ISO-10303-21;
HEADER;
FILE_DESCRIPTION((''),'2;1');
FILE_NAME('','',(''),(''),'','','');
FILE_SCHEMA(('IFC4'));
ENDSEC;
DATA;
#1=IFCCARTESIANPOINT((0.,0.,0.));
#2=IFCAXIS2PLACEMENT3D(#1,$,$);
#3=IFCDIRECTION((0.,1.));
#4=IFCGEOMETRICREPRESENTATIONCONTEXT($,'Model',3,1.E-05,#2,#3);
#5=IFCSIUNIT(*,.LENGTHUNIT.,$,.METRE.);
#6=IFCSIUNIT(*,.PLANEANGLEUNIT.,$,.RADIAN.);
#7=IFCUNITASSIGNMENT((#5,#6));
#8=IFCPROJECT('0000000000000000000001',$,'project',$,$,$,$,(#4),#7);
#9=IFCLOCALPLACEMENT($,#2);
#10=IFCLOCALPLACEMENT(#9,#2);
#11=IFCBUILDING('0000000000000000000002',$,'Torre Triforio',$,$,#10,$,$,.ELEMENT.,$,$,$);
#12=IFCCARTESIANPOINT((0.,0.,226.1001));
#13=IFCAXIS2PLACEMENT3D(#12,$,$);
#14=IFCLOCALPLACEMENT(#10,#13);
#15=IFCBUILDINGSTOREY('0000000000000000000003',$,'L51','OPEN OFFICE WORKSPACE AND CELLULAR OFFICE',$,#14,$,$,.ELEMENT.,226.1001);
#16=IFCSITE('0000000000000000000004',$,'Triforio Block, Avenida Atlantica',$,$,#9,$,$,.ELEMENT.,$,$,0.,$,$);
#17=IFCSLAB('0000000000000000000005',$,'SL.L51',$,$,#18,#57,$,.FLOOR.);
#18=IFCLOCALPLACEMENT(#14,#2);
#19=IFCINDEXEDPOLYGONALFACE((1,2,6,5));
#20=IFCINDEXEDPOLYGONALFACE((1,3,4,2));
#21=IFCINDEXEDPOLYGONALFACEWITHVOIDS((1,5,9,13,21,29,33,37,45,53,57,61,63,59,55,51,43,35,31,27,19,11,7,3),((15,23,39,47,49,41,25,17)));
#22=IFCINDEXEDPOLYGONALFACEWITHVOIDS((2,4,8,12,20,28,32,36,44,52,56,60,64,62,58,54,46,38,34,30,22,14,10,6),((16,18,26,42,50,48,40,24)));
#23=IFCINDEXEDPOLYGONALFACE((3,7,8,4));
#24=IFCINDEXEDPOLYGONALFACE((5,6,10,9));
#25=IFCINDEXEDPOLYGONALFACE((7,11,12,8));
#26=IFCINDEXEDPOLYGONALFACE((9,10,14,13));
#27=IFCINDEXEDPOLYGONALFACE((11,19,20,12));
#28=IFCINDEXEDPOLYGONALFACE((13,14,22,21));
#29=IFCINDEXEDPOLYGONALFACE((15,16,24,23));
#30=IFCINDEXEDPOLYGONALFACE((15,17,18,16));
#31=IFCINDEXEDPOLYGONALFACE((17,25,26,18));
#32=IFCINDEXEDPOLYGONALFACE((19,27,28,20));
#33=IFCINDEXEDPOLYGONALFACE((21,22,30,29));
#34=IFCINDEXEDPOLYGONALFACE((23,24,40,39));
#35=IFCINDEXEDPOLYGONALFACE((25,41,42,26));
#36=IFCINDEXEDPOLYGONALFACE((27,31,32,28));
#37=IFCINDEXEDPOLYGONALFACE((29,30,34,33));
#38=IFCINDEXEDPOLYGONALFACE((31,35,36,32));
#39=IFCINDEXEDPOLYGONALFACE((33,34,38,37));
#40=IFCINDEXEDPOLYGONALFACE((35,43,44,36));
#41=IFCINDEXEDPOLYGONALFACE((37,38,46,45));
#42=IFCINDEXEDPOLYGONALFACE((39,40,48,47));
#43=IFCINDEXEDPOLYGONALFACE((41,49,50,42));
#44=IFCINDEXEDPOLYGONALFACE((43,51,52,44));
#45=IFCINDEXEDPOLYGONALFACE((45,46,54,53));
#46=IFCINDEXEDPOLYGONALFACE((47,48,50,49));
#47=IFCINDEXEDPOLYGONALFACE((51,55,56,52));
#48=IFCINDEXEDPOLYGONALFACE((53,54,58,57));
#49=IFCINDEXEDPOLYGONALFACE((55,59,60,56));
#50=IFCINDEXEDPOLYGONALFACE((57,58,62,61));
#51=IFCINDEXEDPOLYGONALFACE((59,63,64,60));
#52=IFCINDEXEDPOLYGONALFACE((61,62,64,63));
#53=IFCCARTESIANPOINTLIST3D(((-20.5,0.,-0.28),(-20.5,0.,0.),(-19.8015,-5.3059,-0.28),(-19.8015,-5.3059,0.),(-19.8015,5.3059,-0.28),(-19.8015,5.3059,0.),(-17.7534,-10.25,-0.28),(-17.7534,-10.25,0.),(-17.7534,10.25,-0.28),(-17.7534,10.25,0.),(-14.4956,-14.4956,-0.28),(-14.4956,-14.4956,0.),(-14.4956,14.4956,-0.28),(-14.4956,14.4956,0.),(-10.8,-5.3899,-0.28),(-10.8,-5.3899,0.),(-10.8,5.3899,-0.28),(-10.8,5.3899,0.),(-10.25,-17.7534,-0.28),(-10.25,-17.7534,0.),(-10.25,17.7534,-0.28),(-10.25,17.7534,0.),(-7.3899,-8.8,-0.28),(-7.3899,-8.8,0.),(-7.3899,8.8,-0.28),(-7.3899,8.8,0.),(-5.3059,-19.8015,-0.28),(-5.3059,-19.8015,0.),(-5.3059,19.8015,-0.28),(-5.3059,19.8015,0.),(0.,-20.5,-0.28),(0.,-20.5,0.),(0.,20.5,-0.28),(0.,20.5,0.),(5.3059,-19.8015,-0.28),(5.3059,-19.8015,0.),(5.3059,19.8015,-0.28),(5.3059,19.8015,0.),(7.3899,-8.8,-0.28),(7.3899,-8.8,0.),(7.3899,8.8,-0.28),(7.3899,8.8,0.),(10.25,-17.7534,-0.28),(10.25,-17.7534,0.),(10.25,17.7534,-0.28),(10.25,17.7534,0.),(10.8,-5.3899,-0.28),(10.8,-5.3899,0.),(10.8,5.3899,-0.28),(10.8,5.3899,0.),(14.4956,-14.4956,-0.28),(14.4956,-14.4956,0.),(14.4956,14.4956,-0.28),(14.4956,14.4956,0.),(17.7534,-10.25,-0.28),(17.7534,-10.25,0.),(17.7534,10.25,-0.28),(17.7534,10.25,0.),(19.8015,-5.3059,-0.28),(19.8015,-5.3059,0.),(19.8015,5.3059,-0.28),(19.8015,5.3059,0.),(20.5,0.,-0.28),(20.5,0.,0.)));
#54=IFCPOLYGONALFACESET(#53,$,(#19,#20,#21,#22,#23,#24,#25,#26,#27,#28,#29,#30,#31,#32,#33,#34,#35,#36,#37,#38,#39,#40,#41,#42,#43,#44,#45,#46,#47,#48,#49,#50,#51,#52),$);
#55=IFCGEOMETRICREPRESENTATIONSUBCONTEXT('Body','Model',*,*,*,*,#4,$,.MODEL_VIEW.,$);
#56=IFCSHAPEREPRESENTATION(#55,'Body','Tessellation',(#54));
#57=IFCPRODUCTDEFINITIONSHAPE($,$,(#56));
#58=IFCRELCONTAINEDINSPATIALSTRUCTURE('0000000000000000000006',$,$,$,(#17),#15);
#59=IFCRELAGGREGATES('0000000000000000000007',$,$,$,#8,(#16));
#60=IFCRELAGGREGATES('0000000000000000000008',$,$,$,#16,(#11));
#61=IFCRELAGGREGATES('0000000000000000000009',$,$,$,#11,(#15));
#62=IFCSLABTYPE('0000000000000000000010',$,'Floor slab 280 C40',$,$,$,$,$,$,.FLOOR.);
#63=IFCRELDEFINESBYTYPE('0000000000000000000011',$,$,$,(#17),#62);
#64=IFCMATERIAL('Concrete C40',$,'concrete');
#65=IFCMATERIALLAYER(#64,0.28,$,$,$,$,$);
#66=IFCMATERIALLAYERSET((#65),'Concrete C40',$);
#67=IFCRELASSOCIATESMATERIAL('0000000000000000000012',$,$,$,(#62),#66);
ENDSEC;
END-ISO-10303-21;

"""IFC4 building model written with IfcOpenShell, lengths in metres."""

from ifc_helpers import new_model, si_unit, direction, frame, origin, place, context, subcontext, project, spatial, polyline, outline, extrude, material, layer, layer_set, type_object, element, save


model = new_model("IFC4")

# Units and contexts
model_context = context("Model", 3, precision=1e-05, world=origin(), true_north=direction((0.0, 1.0)))
body_context = subcontext(model_context, "Body", "Model", "MODEL_VIEW")
ifc_project = project(units=[si_unit("LENGTHUNIT", "METRE"), si_unit("PLANEANGLEUNIT", "RADIAN")], contexts=[model_context])

# Site, building, storey
site_placement = place(None, origin())
site = spatial("IfcSite", under=ifc_project, at=site_placement, Name="Triforio Block, Avenida Atlantica", CompositionType="ELEMENT", RefElevation=0.0)
building_placement = place(site_placement, origin())
building = spatial("IfcBuilding", under=site, at=building_placement, Name="Torre Triforio", CompositionType="ELEMENT")
storey_placement = place(building_placement, frame((0.0, 0.0, 226.1001)))
storey = spatial("IfcBuildingStorey", under=building, at=storey_placement, Name="L51", Description="OPEN OFFICE WORKSPACE AND CELLULAR OFFICE", CompositionType="ELEMENT", Elevation=226.1001)

# Slab
ifc_material_1 = material(Name="Concrete C40", Category="concrete")
ifc_layer_1 = layer(ifc_material_1, 0.28)
ifc_layer_set_1 = layer_set([ifc_layer_1], Name="Concrete C40")
slab_type_1 = type_object("IfcSlabType", Name="Floor slab 280 C40", PredefinedType="FLOOR", material=ifc_layer_set_1)
slab_1_placement = place(storey_placement, frame((0.0, 0.0, -0.28)))
element("IfcSlab", 1, at=slab_1_placement, inside=storey, type_object=slab_type_1, Name="SL.L51", PredefinedType="FLOOR", context=body_context, shape_type="SweptSolid", body=[
    extrude(outline(polyline([(17.7534, -10.25), (19.8015, -5.3059), (20.5, 0.0), (19.8015, 5.3059), (17.7534, 10.25), (14.4956, 14.4956), (10.25, 17.7534), (5.3059, 19.8015), (0.0, 20.5), (-5.3059, 19.8015), (-10.25, 17.7534), (-14.4956, 14.4956), (-17.7534, 10.25), (-19.8015, 5.3059), (-20.5, 0.0), (-19.8015, -5.3059), (-17.7534, -10.25), (-14.4956, -14.4956), (-10.25, -17.7534), (-5.3059, -19.8015), (0.0, -20.5), (5.3059, -19.8015), (10.25, -17.7534), (14.4956, -14.4956), (17.7534, -10.25)]), holes=[polyline([(10.8, 5.3899), (10.8, -5.3899), (7.3899, -8.8), (-7.3899, -8.8), (-10.8, -5.3899), (-10.8, 5.3899), (-7.3899, 8.8), (7.3899, 8.8), (10.8, 5.3899)])]), origin(), (0.0, 0.0, 1.0), 0.28),
])

save(model, "model.ifc")
